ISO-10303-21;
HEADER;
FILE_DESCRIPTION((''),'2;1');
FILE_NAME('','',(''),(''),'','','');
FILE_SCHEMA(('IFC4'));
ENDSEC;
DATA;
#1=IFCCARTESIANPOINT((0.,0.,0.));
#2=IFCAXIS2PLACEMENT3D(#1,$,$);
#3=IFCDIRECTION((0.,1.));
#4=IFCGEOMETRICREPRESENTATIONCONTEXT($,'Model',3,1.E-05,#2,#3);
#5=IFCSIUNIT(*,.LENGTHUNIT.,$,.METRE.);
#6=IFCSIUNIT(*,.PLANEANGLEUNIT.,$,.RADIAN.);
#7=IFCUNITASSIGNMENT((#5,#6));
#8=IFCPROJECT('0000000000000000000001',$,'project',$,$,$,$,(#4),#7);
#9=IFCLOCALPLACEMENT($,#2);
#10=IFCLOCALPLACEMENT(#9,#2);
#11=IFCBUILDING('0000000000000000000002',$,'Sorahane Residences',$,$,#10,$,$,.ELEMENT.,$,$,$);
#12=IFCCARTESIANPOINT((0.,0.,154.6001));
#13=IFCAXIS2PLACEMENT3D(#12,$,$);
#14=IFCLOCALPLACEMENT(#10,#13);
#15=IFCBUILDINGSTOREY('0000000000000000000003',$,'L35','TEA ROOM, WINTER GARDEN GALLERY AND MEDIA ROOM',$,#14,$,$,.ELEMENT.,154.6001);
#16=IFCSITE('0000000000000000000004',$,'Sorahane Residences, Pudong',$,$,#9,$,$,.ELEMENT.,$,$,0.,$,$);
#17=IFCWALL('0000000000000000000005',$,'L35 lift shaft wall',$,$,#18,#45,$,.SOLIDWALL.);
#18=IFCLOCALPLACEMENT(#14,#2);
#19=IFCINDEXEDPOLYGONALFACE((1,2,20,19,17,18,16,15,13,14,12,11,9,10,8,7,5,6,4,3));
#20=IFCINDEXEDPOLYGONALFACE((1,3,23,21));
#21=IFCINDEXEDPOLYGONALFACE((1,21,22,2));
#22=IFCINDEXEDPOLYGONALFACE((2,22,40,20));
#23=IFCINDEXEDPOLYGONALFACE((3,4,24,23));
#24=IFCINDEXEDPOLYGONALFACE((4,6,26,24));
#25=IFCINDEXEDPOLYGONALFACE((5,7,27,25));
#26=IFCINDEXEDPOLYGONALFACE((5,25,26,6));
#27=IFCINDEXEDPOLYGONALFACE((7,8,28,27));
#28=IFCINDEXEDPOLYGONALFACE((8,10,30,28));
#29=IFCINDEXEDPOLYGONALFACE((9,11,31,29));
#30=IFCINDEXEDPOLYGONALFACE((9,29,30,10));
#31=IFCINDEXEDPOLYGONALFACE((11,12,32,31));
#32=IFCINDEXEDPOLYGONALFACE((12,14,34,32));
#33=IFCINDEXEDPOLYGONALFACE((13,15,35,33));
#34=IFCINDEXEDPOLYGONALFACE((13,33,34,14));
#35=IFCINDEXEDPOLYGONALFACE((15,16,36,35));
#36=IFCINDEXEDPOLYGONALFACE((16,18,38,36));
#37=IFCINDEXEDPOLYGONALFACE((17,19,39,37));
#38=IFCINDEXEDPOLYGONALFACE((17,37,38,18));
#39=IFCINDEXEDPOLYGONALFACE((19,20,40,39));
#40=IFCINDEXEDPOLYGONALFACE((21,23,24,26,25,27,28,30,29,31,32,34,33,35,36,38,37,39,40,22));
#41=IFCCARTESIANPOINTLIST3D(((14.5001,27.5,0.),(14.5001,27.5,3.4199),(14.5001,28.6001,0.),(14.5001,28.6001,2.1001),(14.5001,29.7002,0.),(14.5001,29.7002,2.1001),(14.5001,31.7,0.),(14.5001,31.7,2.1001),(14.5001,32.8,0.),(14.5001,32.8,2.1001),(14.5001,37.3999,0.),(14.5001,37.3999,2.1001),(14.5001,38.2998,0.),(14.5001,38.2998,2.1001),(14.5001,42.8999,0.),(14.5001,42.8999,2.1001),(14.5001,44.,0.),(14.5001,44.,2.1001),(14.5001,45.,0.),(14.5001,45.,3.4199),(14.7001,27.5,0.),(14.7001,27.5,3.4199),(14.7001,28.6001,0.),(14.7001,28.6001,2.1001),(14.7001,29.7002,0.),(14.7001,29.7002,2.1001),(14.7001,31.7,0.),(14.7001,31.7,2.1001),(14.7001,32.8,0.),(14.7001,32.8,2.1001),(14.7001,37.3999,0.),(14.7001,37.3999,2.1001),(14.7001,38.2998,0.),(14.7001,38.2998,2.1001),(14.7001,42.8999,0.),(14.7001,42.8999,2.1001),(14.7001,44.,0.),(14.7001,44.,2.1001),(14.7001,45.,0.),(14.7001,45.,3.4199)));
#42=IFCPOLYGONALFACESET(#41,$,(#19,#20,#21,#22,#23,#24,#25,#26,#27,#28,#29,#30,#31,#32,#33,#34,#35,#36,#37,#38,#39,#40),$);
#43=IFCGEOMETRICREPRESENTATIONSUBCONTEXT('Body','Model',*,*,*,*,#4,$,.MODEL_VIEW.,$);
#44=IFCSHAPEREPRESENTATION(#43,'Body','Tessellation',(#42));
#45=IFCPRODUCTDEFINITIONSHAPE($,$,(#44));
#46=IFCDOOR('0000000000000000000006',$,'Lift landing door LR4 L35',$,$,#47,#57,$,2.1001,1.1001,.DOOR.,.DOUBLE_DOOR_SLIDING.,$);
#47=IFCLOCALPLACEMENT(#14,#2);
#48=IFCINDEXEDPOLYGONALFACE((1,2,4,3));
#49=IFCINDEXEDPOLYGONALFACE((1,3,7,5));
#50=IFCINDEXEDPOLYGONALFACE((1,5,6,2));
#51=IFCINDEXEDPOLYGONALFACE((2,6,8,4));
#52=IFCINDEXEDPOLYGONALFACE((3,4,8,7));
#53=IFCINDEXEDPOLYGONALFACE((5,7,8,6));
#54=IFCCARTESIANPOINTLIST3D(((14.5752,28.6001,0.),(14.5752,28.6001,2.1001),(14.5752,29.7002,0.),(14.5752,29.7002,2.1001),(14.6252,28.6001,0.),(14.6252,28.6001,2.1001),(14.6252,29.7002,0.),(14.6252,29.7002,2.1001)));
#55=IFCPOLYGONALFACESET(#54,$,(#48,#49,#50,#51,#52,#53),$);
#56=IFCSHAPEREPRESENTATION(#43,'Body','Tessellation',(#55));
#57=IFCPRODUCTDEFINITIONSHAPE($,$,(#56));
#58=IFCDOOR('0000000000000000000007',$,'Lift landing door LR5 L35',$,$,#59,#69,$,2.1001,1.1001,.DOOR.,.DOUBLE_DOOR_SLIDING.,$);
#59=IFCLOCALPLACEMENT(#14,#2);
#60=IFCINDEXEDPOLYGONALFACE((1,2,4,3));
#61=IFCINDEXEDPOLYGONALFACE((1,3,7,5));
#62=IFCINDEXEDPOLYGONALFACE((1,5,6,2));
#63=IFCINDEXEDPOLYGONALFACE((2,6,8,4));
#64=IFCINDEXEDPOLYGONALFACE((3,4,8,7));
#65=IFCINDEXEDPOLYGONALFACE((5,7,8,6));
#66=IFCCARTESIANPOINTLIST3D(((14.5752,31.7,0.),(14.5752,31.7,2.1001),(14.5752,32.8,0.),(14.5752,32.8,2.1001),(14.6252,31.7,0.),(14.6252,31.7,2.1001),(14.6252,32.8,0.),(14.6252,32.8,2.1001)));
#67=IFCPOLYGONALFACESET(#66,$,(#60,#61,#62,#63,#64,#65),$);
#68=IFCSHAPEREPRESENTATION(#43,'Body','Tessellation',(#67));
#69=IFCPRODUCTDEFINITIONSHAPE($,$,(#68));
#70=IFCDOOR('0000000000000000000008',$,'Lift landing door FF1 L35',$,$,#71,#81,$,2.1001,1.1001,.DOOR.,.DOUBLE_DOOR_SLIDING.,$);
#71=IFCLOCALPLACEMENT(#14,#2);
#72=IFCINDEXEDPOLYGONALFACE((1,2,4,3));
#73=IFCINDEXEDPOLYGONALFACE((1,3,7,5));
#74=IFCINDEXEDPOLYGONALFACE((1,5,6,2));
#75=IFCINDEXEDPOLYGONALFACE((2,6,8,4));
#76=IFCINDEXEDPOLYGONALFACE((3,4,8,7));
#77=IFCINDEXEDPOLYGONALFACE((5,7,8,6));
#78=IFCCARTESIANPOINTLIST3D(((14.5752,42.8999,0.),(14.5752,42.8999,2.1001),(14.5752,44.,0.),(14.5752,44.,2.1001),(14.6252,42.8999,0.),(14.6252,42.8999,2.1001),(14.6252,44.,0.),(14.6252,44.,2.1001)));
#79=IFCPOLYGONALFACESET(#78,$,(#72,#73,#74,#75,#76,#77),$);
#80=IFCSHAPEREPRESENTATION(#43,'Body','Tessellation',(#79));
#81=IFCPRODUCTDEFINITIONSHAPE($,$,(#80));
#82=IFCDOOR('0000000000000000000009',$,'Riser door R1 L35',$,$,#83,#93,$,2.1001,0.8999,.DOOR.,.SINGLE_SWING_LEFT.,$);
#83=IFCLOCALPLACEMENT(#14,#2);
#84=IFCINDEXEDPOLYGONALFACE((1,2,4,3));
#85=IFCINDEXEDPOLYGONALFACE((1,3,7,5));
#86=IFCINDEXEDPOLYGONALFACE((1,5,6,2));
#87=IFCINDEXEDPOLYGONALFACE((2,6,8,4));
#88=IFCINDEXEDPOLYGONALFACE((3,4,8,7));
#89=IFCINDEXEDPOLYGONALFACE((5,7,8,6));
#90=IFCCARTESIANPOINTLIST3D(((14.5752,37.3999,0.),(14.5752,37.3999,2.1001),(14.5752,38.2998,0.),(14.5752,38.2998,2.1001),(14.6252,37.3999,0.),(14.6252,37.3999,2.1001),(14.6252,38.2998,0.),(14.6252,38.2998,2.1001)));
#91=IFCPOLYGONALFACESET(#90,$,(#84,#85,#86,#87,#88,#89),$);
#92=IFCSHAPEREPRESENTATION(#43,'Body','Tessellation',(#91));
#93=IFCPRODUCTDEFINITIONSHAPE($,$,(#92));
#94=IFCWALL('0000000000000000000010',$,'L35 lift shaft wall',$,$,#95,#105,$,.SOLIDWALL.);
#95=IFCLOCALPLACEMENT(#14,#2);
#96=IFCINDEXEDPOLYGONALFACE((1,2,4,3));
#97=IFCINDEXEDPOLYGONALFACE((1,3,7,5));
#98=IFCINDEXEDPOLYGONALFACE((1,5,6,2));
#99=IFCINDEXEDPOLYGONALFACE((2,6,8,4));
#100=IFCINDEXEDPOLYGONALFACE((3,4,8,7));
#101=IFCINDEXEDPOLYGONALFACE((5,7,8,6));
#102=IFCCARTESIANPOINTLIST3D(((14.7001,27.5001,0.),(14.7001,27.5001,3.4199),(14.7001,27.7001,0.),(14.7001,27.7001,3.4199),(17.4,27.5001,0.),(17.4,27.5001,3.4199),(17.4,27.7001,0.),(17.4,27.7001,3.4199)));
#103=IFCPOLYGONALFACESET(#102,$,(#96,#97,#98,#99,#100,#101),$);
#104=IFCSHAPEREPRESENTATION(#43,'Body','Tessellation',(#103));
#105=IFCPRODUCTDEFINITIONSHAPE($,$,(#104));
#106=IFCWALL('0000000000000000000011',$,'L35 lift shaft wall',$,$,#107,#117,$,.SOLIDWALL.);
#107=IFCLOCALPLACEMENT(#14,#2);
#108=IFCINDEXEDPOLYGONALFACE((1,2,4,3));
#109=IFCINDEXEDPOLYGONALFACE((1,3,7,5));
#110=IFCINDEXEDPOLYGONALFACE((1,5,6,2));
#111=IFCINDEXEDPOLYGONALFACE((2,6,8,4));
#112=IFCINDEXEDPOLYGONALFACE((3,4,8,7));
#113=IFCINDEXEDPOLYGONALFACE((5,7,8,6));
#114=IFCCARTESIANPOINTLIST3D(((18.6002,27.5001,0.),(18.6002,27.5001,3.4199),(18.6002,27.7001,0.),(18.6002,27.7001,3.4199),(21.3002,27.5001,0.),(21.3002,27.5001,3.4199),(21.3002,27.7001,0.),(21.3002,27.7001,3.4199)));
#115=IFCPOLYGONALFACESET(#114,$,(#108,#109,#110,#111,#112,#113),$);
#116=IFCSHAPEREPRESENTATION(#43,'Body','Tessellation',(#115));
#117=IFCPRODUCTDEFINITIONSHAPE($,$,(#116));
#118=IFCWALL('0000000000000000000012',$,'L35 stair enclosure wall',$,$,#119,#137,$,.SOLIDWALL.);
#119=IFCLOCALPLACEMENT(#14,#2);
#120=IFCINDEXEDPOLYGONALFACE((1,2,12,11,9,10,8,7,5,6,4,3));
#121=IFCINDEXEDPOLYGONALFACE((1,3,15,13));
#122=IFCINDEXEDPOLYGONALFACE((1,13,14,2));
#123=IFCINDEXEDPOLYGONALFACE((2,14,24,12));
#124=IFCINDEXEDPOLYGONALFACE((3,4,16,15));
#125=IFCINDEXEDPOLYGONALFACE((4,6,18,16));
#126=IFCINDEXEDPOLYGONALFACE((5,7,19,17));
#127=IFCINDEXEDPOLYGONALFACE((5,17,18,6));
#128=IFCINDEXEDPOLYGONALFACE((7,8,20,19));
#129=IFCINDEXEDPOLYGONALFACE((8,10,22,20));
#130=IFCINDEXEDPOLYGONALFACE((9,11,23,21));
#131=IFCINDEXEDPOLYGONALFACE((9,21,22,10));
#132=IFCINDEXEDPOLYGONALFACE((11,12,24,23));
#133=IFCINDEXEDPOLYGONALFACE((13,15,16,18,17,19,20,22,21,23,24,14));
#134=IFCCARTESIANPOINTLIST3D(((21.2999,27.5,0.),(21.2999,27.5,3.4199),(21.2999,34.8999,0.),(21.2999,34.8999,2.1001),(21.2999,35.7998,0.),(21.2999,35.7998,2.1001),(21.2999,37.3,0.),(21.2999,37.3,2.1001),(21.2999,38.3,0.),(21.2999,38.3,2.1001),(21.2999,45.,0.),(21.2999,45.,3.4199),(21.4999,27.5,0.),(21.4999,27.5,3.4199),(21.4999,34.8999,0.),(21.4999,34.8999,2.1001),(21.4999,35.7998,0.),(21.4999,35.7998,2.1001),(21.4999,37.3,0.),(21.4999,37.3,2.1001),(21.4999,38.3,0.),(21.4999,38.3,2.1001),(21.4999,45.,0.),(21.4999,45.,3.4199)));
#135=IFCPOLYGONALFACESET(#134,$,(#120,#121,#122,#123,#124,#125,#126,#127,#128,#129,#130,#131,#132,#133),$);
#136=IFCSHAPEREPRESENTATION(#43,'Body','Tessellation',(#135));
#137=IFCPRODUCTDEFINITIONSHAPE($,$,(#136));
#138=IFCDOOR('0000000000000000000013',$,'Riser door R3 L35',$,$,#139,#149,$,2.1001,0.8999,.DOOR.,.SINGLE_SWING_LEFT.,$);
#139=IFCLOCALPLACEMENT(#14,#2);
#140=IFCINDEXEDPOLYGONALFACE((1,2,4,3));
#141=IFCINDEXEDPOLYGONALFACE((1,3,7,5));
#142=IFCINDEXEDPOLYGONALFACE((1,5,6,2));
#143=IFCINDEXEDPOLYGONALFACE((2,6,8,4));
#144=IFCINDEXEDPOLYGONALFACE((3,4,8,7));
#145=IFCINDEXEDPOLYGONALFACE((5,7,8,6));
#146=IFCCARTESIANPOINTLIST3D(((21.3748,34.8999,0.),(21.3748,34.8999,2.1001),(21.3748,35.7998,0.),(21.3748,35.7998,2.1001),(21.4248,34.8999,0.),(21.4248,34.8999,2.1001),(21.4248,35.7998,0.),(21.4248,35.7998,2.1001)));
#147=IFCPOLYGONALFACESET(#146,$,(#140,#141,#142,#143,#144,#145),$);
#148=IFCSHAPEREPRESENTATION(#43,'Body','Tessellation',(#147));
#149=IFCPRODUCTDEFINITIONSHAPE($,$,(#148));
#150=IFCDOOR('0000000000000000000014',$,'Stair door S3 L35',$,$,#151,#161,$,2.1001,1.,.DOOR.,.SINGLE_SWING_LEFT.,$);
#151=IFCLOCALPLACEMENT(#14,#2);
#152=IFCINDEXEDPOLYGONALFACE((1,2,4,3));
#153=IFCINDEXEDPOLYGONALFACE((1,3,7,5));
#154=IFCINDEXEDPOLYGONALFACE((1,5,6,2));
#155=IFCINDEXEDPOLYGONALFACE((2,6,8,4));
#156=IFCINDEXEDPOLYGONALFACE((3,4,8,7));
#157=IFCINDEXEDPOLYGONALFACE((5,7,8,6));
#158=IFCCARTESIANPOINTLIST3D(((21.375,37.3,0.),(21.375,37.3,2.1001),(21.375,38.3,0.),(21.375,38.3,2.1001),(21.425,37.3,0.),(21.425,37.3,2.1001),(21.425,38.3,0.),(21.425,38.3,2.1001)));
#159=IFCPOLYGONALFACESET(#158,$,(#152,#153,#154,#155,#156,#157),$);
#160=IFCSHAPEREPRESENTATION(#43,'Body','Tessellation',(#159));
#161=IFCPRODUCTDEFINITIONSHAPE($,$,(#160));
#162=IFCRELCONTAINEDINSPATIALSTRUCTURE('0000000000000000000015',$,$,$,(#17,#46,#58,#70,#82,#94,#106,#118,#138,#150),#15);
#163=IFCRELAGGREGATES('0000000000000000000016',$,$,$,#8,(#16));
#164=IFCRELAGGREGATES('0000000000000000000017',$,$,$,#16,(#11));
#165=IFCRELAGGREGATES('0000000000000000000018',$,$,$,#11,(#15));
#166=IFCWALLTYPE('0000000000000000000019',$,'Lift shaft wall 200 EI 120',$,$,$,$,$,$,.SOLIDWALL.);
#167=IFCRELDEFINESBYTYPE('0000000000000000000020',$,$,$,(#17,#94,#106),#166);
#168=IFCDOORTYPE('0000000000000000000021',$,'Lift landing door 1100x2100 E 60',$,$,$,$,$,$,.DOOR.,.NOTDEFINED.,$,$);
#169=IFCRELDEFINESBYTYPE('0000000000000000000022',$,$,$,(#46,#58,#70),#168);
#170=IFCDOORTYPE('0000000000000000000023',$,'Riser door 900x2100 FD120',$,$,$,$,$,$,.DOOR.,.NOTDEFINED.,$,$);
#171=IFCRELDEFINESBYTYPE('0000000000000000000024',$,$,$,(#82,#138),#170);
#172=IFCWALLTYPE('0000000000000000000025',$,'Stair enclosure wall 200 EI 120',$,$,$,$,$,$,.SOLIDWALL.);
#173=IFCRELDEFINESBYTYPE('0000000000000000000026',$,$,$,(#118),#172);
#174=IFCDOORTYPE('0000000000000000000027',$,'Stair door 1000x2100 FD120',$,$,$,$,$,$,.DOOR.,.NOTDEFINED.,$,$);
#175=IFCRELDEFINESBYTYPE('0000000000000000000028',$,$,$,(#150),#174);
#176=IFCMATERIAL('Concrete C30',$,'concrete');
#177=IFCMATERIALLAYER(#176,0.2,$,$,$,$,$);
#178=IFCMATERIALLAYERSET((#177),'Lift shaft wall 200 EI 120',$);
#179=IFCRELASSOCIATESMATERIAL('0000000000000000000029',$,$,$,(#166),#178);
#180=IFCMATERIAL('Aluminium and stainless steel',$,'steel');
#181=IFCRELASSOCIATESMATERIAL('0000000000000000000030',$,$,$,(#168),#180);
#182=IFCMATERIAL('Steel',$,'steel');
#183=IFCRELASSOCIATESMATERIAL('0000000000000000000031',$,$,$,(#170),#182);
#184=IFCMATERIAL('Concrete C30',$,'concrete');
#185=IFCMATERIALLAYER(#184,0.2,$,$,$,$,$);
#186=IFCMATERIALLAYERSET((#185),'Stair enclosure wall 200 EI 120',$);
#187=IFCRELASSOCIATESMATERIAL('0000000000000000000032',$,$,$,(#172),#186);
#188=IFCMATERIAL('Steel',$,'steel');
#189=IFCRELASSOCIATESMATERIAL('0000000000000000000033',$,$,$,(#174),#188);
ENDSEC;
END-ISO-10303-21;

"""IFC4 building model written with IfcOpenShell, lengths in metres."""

from ifc_helpers import new_model, si_unit, direction, frame, frame_2d, origin, place, context, subcontext, project, spatial, rectangle, extrude, material, layer, layer_set, type_object, element, fill, save


model = new_model("IFC4")

# Units and contexts
model_context = context("Model", 3, precision=1e-05, world=origin(), true_north=direction((0.0, 1.0)))
body_context = subcontext(model_context, "Body", "Model", "MODEL_VIEW")
ifc_project = project(units=[si_unit("LENGTHUNIT", "METRE"), si_unit("PLANEANGLEUNIT", "RADIAN")], contexts=[model_context])

# Site, building, storey
site_placement = place(None, origin())
site = spatial("IfcSite", under=ifc_project, at=site_placement, Name="Sorahane Residences, Pudong", CompositionType="ELEMENT", RefElevation=0.0)
building_placement = place(site_placement, origin())
building = spatial("IfcBuilding", under=site, at=building_placement, Name="Sorahane Residences", CompositionType="ELEMENT")
storey_placement = place(building_placement, frame((0.0, 0.0, 154.6001)))
storey = spatial("IfcBuildingStorey", under=building, at=storey_placement, Name="L35", Description="TEA ROOM, WINTER GARDEN GALLERY AND MEDIA ROOM", CompositionType="ELEMENT", Elevation=154.6001)

# Wall, openings, doors
ifc_material_1 = material(Name="Concrete C30", Category="concrete")
ifc_layer_1 = layer(ifc_material_1, 0.2)
ifc_layer_set_1 = layer_set([ifc_layer_1], Name="Lift shaft wall 200 EI 120")
wall_type_1 = type_object("IfcWallType", Name="Lift shaft wall 200 EI 120", PredefinedType="SOLIDWALL", material=ifc_layer_set_1)
wall_1_placement = place(storey_placement, frame((14.6001, 27.5, 0.0), z_axis=(0.0, 0.0, 1.0), x_axis=(0.0, 1.0, 0.0)))
wall_1 = element("IfcWall", 1, at=wall_1_placement, inside=storey, type_object=wall_type_1, Name="L35 lift shaft wall", PredefinedType="SOLIDWALL", context=body_context, shape_type="SweptSolid", body=[
    extrude(rectangle(XDim=17.5, YDim=0.2, at=frame_2d((8.75, 0.0))), origin(), (0.0, 0.0, 1.0), 3.4199),
])
opening_1_placement = place(wall_1_placement, frame((1.1001, 0.0, 0.0)))
opening_1 = element("IfcOpeningElement", 2, at=opening_1_placement, cuts=wall_1, PredefinedType="OPENING", context=body_context, shape_type="SweptSolid", body=[
    extrude(rectangle(XDim=1.1001, YDim=2.1001, at=frame_2d((0.55, 1.05))), frame((0.0, 0.1099, 0.0), z_axis=(0.0, -1.0, 0.0), x_axis=(1.0, 0.0, 0.0)), (0.0, 0.0, 1.0), 0.22),
])
opening_2_placement = place(wall_1_placement, frame((4.2, 0.0, 0.0)))
opening_2 = element("IfcOpeningElement", 3, at=opening_2_placement, cuts=wall_1, PredefinedType="OPENING", context=body_context, shape_type="SweptSolid", body=[
    extrude(rectangle(XDim=1.1001, YDim=2.1001, at=frame_2d((0.55, 1.05))), frame((0.0, 0.1099, 0.0), z_axis=(0.0, -1.0, 0.0), x_axis=(1.0, 0.0, 0.0)), (0.0, 0.0, 1.0), 0.22),
])
opening_3_placement = place(wall_1_placement, frame((15.3999, 0.0, 0.0)))
opening_3 = element("IfcOpeningElement", 4, at=opening_3_placement, cuts=wall_1, PredefinedType="OPENING", context=body_context, shape_type="SweptSolid", body=[
    extrude(rectangle(XDim=1.1001, YDim=2.1001, at=frame_2d((0.55, 1.05))), frame((0.0, 0.1099, 0.0), z_axis=(0.0, -1.0, 0.0), x_axis=(1.0, 0.0, 0.0)), (0.0, 0.0, 1.0), 0.22),
])
opening_4_placement = place(wall_1_placement, frame((9.8999, 0.0, 0.0)))
opening_4 = element("IfcOpeningElement", 5, at=opening_4_placement, cuts=wall_1, PredefinedType="OPENING", context=body_context, shape_type="SweptSolid", body=[
    extrude(rectangle(XDim=0.8999, YDim=2.1001, at=frame_2d((0.45, 1.05))), frame((0.0, 0.1099, 0.0), z_axis=(0.0, -1.0, 0.0), x_axis=(1.0, 0.0, 0.0)), (0.0, 0.0, 1.0), 0.22),
])
ifc_material_2 = material(Name="Aluminium and stainless steel", Category="steel")
door_type_1 = type_object("IfcDoorType", Name="Lift landing door 1100x2100 E 60", OperationType="NOTDEFINED", PredefinedType="DOOR", material=ifc_material_2)
door_1_placement = place(opening_1_placement, origin())
door_1 = element("IfcDoor", 6, at=door_1_placement, inside=storey, type_object=door_type_1, Name="Lift landing door LR4 L35", OperationType="DOUBLE_DOOR_SLIDING", OverallHeight=2.1001, OverallWidth=1.1001, PredefinedType="DOOR", context=body_context, shape_type="SweptSolid", body=[
    extrude(rectangle(XDim=1.1001, YDim=2.1001, at=frame_2d((0.55, 1.05))), frame((0.0, 0.0249, 0.0), z_axis=(0.0, -1.0, 0.0), x_axis=(1.0, 0.0, 0.0)), (0.0, 0.0, 1.0), 0.05),
])
fill(opening_1, door_1)
door_2_placement = place(opening_2_placement, origin())
door_2 = element("IfcDoor", 7, at=door_2_placement, inside=storey, type_object=door_type_1, Name="Lift landing door LR5 L35", OperationType="DOUBLE_DOOR_SLIDING", OverallHeight=2.1001, OverallWidth=1.1001, PredefinedType="DOOR", context=body_context, shape_type="SweptSolid", body=[
    extrude(rectangle(XDim=1.1001, YDim=2.1001, at=frame_2d((0.55, 1.05))), frame((0.0, 0.0249, 0.0), z_axis=(0.0, -1.0, 0.0), x_axis=(1.0, 0.0, 0.0)), (0.0, 0.0, 1.0), 0.05),
])
fill(opening_2, door_2)
door_3_placement = place(opening_3_placement, origin())
door_3 = element("IfcDoor", 8, at=door_3_placement, inside=storey, type_object=door_type_1, Name="Lift landing door FF1 L35", OperationType="DOUBLE_DOOR_SLIDING", OverallHeight=2.1001, OverallWidth=1.1001, PredefinedType="DOOR", context=body_context, shape_type="SweptSolid", body=[
    extrude(rectangle(XDim=1.1001, YDim=2.1001, at=frame_2d((0.55, 1.05))), frame((0.0, 0.0249, 0.0), z_axis=(0.0, -1.0, 0.0), x_axis=(1.0, 0.0, 0.0)), (0.0, 0.0, 1.0), 0.05),
])
fill(opening_3, door_3)
ifc_material_3 = material(Name="Steel", Category="steel")
door_type_2 = type_object("IfcDoorType", Name="Riser door 900x2100 FD120", OperationType="NOTDEFINED", PredefinedType="DOOR", material=ifc_material_3)
door_4_placement = place(opening_4_placement, origin())
door_4 = element("IfcDoor", 9, at=door_4_placement, inside=storey, type_object=door_type_2, Name="Riser door R1 L35", OperationType="SINGLE_SWING_LEFT", OverallHeight=2.1001, OverallWidth=0.8999, PredefinedType="DOOR", context=body_context, shape_type="SweptSolid", body=[
    extrude(rectangle(XDim=0.8999, YDim=2.1001, at=frame_2d((0.45, 1.05))), frame((0.0, 0.0249, 0.0), z_axis=(0.0, -1.0, 0.0), x_axis=(1.0, 0.0, 0.0)), (0.0, 0.0, 1.0), 0.05),
])
fill(opening_4, door_4)

# Walls
for number, where, z_axis, x_axis, name in (
    (10, (14.7, 27.6001, 0.0), (0.0, 0.0, 1.0), (1.0, 0.0, 0.0), "L35 lift shaft wall"),
    (11, (18.6001, 27.6001, 0.0), (0.0, 0.0, 1.0), (1.0, 0.0, 0.0), "L35 lift shaft wall"),
):
    element("IfcWall", number, at=place(storey_placement, frame(where, z_axis=z_axis, x_axis=x_axis)), inside=storey, type_object=wall_type_1, Name=name, PredefinedType="SOLIDWALL", context=body_context, shape_type="SweptSolid", body=[
        extrude(rectangle(XDim=2.7, YDim=0.2, at=frame_2d((1.3501, 0.0))), origin(), (0.0, 0.0, 1.0), 3.4199),
    ])

# Wall, openings, doors
ifc_material_4 = material(Name="Concrete C30", Category="concrete")
ifc_layer_2 = layer(ifc_material_4, 0.2)
ifc_layer_set_2 = layer_set([ifc_layer_2], Name="Stair enclosure wall 200 EI 120")
wall_type_2 = type_object("IfcWallType", Name="Stair enclosure wall 200 EI 120", PredefinedType="SOLIDWALL", material=ifc_layer_set_2)
wall_2_placement = place(storey_placement, frame((21.3999, 27.5, 0.0), z_axis=(0.0, 0.0, 1.0), x_axis=(0.0, 1.0, 0.0)))
wall_2 = element("IfcWall", 12, at=wall_2_placement, inside=storey, type_object=wall_type_2, Name="L35 stair enclosure wall", PredefinedType="SOLIDWALL", context=body_context, shape_type="SweptSolid", body=[
    extrude(rectangle(XDim=17.5, YDim=0.2, at=frame_2d((8.75, 0.0))), origin(), (0.0, 0.0, 1.0), 3.4199),
])
opening_5_placement = place(wall_2_placement, frame((9.8, 0.0, 0.0)))
opening_5 = element("IfcOpeningElement", 13, at=opening_5_placement, cuts=wall_2, PredefinedType="OPENING", context=body_context, shape_type="SweptSolid", body=[
    extrude(rectangle(XDim=1.0, YDim=2.1001, at=frame_2d((0.5, 1.05))), frame((0.0, 0.1099, 0.0), z_axis=(0.0, -1.0, 0.0), x_axis=(1.0, 0.0, 0.0)), (0.0, 0.0, 1.0), 0.22),
])
opening_6_placement = place(wall_2_placement, frame((7.3999, 0.0, 0.0)))
opening_6 = element("IfcOpeningElement", 14, at=opening_6_placement, cuts=wall_2, PredefinedType="OPENING", context=body_context, shape_type="SweptSolid", body=[
    extrude(rectangle(XDim=0.8999, YDim=2.1001, at=frame_2d((0.45, 1.05))), frame((0.0, 0.1099, 0.0), z_axis=(0.0, -1.0, 0.0), x_axis=(1.0, 0.0, 0.0)), (0.0, 0.0, 1.0), 0.22),
])
door_5_placement = place(opening_6_placement, frame((0.8999, 0.0, 0.0), z_axis=(0.0, 0.0, 1.0), x_axis=(-1.0, 0.0, 0.0)))
door_5 = element("IfcDoor", 15, at=door_5_placement, inside=storey, type_object=door_type_2, Name="Riser door R3 L35", OperationType="SINGLE_SWING_LEFT", OverallHeight=2.1001, OverallWidth=0.8999, PredefinedType="DOOR", context=body_context, shape_type="SweptSolid", body=[
    extrude(rectangle(XDim=0.8999, YDim=2.1001, at=frame_2d((0.45, 1.05))), frame((0.0, 0.0249, 0.0), z_axis=(0.0, -1.0, 0.0), x_axis=(1.0, 0.0, 0.0)), (0.0, 0.0, 1.0), 0.05),
])
fill(opening_6, door_5)
ifc_material_5 = material(Name="Steel", Category="steel")
door_type_3 = type_object("IfcDoorType", Name="Stair door 1000x2100 FD120", OperationType="NOTDEFINED", PredefinedType="DOOR", material=ifc_material_5)
door_6_placement = place(opening_5_placement, origin())
door_6 = element("IfcDoor", 16, at=door_6_placement, inside=storey, type_object=door_type_3, Name="Stair door S3 L35", OperationType="SINGLE_SWING_LEFT", OverallHeight=2.1001, OverallWidth=1.0, PredefinedType="DOOR", context=body_context, shape_type="SweptSolid", body=[
    extrude(rectangle(XDim=1.0, YDim=2.1001, at=frame_2d((0.5, 1.05))), frame((0.0, 0.0249, 0.0), z_axis=(0.0, -1.0, 0.0), x_axis=(1.0, 0.0, 0.0)), (0.0, 0.0, 1.0), 0.05),
])
fill(opening_5, door_6)

save(model, "model.ifc")
